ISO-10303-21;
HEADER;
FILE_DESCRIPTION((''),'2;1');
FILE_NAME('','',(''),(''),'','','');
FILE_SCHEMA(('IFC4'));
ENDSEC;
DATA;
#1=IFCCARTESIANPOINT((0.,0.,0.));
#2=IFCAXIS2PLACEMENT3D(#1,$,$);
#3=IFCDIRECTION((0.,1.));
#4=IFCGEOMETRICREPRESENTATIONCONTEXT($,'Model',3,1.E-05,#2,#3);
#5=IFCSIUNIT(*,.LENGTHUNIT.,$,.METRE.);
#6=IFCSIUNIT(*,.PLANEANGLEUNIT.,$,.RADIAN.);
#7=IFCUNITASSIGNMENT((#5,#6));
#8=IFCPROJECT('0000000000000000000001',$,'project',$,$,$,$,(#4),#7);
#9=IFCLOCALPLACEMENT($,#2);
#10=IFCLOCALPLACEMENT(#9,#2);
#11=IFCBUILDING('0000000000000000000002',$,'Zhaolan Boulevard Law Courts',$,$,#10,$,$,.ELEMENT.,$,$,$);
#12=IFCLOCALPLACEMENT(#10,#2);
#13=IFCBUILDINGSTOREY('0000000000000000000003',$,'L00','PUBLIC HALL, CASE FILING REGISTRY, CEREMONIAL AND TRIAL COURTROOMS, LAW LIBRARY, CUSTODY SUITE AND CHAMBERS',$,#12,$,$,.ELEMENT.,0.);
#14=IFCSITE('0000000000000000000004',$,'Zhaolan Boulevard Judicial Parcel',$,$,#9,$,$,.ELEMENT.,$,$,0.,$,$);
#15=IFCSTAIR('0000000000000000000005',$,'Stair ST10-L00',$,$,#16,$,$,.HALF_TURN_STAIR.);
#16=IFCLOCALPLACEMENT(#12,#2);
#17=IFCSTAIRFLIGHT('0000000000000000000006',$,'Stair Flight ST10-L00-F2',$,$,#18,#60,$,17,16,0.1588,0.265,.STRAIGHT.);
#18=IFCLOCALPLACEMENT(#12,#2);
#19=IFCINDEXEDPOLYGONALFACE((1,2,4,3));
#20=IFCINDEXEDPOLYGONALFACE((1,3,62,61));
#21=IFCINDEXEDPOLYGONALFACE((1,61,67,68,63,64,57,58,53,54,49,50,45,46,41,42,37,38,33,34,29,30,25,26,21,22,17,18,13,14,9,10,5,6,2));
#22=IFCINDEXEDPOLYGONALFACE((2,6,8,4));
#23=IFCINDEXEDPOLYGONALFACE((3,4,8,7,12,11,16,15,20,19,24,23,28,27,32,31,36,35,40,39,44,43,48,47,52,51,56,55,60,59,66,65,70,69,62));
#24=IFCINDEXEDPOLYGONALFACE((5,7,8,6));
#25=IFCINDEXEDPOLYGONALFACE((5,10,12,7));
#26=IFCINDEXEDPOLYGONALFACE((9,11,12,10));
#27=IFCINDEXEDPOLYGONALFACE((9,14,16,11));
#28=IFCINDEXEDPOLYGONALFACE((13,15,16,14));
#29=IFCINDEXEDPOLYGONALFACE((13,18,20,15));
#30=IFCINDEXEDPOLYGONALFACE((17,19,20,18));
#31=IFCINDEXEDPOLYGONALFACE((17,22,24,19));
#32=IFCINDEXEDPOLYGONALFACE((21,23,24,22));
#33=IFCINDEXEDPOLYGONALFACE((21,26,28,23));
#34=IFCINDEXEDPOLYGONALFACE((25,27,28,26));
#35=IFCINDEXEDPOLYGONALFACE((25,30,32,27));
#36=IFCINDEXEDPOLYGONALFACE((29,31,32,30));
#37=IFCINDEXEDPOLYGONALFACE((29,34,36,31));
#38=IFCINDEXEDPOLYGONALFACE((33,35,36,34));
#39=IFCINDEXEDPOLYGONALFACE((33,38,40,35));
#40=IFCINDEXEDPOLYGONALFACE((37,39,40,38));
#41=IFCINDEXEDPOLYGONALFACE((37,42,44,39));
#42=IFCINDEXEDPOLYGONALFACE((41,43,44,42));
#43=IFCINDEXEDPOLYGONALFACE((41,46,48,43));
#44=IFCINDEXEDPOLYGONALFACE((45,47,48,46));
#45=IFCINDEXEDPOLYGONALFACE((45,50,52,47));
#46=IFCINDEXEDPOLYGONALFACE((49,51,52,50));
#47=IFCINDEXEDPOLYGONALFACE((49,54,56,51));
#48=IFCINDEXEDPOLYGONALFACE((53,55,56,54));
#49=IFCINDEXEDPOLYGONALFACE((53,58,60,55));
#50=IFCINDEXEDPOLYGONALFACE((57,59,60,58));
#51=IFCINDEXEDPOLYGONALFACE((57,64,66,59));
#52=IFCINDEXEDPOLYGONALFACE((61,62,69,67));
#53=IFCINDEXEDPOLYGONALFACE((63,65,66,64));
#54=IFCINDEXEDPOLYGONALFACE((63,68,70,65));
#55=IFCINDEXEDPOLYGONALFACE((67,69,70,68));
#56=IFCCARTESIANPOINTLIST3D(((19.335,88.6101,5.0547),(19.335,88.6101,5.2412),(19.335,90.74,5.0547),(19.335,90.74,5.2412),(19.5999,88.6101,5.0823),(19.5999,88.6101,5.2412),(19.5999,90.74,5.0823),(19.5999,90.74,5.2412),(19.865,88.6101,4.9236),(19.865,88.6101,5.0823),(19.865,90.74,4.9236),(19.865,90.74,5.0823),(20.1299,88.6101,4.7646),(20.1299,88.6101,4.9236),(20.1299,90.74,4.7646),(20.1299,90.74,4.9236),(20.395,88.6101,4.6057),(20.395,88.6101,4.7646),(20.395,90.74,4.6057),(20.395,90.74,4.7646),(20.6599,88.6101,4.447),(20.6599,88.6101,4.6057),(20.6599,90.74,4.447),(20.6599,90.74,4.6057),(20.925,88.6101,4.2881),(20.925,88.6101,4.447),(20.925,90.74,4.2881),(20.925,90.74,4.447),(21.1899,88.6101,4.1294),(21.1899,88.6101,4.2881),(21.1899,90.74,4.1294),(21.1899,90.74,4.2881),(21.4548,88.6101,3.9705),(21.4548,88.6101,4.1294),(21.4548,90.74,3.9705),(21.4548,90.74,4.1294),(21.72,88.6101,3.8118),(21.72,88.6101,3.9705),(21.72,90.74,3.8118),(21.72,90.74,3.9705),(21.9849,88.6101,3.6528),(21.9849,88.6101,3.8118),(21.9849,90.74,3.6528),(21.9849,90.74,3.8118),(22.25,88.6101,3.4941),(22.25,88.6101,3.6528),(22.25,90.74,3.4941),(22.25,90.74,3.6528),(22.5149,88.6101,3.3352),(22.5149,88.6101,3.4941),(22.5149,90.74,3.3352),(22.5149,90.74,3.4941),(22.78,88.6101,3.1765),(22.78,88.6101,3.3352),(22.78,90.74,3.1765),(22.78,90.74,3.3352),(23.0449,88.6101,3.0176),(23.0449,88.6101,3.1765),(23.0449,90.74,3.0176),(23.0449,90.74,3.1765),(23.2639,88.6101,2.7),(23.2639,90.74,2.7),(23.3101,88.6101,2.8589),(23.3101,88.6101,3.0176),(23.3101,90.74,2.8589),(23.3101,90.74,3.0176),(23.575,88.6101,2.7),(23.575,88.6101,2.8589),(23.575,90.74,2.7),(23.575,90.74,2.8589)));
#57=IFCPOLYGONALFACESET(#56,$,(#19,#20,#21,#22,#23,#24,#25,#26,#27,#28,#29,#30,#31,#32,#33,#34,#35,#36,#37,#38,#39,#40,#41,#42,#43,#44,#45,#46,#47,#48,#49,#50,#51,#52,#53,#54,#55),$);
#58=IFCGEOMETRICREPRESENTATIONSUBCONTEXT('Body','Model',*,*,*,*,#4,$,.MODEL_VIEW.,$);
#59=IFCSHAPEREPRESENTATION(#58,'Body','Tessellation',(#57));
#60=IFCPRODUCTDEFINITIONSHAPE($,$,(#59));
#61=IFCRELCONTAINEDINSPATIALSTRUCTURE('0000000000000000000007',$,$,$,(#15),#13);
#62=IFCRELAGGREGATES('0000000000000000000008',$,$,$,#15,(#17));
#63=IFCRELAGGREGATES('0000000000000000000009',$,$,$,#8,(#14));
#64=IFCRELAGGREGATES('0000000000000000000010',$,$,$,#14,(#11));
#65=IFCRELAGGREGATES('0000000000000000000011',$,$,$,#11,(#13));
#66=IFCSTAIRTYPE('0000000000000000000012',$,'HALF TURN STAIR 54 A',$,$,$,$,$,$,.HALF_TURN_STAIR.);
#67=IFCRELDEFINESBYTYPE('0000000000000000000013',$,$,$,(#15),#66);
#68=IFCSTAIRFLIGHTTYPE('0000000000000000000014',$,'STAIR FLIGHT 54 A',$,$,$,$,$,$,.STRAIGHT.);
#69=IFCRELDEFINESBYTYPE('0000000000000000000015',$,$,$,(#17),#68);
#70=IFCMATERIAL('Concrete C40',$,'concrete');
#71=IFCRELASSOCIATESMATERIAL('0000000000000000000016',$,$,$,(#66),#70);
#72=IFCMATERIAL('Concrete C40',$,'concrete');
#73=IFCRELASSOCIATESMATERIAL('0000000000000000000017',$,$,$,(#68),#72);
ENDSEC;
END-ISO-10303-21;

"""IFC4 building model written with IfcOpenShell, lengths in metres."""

from ifc_helpers import new_model, si_unit, direction, frame, origin, place, context, subcontext, project, spatial, polyline, outline, extrude, material, type_object, element, aggregate, save


model = new_model("IFC4")

# Units and contexts
model_context = context("Model", 3, precision=1e-05, world=origin(), true_north=direction((0.0, 1.0)))
body_context = subcontext(model_context, "Body", "Model", "MODEL_VIEW")
ifc_project = project(units=[si_unit("LENGTHUNIT", "METRE"), si_unit("PLANEANGLEUNIT", "RADIAN")], contexts=[model_context])

# Site, building, storey
site_placement = place(None, origin())
site = spatial("IfcSite", under=ifc_project, at=site_placement, Name="Zhaolan Boulevard Judicial Parcel", CompositionType="ELEMENT", RefElevation=0.0)
building_placement = place(site_placement, origin())
building = spatial("IfcBuilding", under=site, at=building_placement, Name="Zhaolan Boulevard Law Courts", CompositionType="ELEMENT")
storey_placement = place(building_placement, origin())
storey = spatial("IfcBuildingStorey", under=building, at=storey_placement, Name="L00", Description="PUBLIC HALL, CASE FILING REGISTRY, CEREMONIAL AND TRIAL COURTROOMS, LAW LIBRARY, CUSTODY SUITE AND CHAMBERS", CompositionType="ELEMENT", Elevation=0.0)

# Stair, stair flight
ifc_material_1 = material(Name="Concrete C40", Category="concrete")
stair_type = type_object("IfcStairType", Name="HALF TURN STAIR 54 A", PredefinedType="HALF_TURN_STAIR", material=ifc_material_1)
stair_placement = place(storey_placement, origin())
stair = element("IfcStair", 1, at=stair_placement, inside=storey, type_object=stair_type, Name="Stair ST10-L00", PredefinedType="HALF_TURN_STAIR")
ifc_material_2 = material(Name="Concrete C40", Category="concrete")
stair_flight_type = type_object("IfcStairFlightType", Name="STAIR FLIGHT 54 A", PredefinedType="STRAIGHT", material=ifc_material_2)
stair_flight_1_placement = place(storey_placement, frame((23.575, 89.675, 2.7), z_axis=(0.0, 0.0, 1.0), x_axis=(-1.0, 0.0, 0.0)))
stair_flight_1 = element("IfcStairFlight", 2, at=stair_flight_1_placement, type_object=stair_flight_type, Name="Stair Flight ST10-L00-F2", NumberOfRisers=17, NumberOfTreads=16, PredefinedType="STRAIGHT", RiserHeight=0.1588, TreadLength=0.265, context=body_context, shape_type="SweptSolid", body=[
    extrude(outline(polyline([(0.0, 0.0), (0.0, 0.1589), (0.2649, 0.1589), (0.2649, 0.3176), (0.53, 0.3176), (0.53, 0.4766), (0.7949, 0.4766), (0.7949, 0.6353), (1.0601, 0.6353), (1.0601, 0.7942), (1.325, 0.7942), (1.325, 0.9529), (1.5901, 0.9529), (1.5901, 1.1118), (1.855, 1.1118), (1.855, 1.2705), (2.1201, 1.2705), (2.1201, 1.4294), (2.385, 1.4294), (2.385, 1.5881), (2.6499, 1.5881), (2.6499, 1.7471), (2.915, 1.7471), (2.915, 1.9058), (3.1799, 1.9058), (3.1799, 2.0647), (3.4451, 2.0647), (3.4451, 2.2236), (3.71, 2.2236), (3.71, 2.3823), (3.9751, 2.3823), (3.9751, 2.5413), (4.24, 2.5413), (4.24, 2.7), (4.24, 2.3547), (0.311, 0.0), (0.0, 0.0)])), frame((0.0, 1.0649, 0.0), z_axis=(0.0, -1.0, 0.0), x_axis=(1.0, 0.0, 0.0)), (0.0, 0.0, 1.0), 2.1299),
])
aggregate(stair, [stair_flight_1])

save(model, "model.ifc")
